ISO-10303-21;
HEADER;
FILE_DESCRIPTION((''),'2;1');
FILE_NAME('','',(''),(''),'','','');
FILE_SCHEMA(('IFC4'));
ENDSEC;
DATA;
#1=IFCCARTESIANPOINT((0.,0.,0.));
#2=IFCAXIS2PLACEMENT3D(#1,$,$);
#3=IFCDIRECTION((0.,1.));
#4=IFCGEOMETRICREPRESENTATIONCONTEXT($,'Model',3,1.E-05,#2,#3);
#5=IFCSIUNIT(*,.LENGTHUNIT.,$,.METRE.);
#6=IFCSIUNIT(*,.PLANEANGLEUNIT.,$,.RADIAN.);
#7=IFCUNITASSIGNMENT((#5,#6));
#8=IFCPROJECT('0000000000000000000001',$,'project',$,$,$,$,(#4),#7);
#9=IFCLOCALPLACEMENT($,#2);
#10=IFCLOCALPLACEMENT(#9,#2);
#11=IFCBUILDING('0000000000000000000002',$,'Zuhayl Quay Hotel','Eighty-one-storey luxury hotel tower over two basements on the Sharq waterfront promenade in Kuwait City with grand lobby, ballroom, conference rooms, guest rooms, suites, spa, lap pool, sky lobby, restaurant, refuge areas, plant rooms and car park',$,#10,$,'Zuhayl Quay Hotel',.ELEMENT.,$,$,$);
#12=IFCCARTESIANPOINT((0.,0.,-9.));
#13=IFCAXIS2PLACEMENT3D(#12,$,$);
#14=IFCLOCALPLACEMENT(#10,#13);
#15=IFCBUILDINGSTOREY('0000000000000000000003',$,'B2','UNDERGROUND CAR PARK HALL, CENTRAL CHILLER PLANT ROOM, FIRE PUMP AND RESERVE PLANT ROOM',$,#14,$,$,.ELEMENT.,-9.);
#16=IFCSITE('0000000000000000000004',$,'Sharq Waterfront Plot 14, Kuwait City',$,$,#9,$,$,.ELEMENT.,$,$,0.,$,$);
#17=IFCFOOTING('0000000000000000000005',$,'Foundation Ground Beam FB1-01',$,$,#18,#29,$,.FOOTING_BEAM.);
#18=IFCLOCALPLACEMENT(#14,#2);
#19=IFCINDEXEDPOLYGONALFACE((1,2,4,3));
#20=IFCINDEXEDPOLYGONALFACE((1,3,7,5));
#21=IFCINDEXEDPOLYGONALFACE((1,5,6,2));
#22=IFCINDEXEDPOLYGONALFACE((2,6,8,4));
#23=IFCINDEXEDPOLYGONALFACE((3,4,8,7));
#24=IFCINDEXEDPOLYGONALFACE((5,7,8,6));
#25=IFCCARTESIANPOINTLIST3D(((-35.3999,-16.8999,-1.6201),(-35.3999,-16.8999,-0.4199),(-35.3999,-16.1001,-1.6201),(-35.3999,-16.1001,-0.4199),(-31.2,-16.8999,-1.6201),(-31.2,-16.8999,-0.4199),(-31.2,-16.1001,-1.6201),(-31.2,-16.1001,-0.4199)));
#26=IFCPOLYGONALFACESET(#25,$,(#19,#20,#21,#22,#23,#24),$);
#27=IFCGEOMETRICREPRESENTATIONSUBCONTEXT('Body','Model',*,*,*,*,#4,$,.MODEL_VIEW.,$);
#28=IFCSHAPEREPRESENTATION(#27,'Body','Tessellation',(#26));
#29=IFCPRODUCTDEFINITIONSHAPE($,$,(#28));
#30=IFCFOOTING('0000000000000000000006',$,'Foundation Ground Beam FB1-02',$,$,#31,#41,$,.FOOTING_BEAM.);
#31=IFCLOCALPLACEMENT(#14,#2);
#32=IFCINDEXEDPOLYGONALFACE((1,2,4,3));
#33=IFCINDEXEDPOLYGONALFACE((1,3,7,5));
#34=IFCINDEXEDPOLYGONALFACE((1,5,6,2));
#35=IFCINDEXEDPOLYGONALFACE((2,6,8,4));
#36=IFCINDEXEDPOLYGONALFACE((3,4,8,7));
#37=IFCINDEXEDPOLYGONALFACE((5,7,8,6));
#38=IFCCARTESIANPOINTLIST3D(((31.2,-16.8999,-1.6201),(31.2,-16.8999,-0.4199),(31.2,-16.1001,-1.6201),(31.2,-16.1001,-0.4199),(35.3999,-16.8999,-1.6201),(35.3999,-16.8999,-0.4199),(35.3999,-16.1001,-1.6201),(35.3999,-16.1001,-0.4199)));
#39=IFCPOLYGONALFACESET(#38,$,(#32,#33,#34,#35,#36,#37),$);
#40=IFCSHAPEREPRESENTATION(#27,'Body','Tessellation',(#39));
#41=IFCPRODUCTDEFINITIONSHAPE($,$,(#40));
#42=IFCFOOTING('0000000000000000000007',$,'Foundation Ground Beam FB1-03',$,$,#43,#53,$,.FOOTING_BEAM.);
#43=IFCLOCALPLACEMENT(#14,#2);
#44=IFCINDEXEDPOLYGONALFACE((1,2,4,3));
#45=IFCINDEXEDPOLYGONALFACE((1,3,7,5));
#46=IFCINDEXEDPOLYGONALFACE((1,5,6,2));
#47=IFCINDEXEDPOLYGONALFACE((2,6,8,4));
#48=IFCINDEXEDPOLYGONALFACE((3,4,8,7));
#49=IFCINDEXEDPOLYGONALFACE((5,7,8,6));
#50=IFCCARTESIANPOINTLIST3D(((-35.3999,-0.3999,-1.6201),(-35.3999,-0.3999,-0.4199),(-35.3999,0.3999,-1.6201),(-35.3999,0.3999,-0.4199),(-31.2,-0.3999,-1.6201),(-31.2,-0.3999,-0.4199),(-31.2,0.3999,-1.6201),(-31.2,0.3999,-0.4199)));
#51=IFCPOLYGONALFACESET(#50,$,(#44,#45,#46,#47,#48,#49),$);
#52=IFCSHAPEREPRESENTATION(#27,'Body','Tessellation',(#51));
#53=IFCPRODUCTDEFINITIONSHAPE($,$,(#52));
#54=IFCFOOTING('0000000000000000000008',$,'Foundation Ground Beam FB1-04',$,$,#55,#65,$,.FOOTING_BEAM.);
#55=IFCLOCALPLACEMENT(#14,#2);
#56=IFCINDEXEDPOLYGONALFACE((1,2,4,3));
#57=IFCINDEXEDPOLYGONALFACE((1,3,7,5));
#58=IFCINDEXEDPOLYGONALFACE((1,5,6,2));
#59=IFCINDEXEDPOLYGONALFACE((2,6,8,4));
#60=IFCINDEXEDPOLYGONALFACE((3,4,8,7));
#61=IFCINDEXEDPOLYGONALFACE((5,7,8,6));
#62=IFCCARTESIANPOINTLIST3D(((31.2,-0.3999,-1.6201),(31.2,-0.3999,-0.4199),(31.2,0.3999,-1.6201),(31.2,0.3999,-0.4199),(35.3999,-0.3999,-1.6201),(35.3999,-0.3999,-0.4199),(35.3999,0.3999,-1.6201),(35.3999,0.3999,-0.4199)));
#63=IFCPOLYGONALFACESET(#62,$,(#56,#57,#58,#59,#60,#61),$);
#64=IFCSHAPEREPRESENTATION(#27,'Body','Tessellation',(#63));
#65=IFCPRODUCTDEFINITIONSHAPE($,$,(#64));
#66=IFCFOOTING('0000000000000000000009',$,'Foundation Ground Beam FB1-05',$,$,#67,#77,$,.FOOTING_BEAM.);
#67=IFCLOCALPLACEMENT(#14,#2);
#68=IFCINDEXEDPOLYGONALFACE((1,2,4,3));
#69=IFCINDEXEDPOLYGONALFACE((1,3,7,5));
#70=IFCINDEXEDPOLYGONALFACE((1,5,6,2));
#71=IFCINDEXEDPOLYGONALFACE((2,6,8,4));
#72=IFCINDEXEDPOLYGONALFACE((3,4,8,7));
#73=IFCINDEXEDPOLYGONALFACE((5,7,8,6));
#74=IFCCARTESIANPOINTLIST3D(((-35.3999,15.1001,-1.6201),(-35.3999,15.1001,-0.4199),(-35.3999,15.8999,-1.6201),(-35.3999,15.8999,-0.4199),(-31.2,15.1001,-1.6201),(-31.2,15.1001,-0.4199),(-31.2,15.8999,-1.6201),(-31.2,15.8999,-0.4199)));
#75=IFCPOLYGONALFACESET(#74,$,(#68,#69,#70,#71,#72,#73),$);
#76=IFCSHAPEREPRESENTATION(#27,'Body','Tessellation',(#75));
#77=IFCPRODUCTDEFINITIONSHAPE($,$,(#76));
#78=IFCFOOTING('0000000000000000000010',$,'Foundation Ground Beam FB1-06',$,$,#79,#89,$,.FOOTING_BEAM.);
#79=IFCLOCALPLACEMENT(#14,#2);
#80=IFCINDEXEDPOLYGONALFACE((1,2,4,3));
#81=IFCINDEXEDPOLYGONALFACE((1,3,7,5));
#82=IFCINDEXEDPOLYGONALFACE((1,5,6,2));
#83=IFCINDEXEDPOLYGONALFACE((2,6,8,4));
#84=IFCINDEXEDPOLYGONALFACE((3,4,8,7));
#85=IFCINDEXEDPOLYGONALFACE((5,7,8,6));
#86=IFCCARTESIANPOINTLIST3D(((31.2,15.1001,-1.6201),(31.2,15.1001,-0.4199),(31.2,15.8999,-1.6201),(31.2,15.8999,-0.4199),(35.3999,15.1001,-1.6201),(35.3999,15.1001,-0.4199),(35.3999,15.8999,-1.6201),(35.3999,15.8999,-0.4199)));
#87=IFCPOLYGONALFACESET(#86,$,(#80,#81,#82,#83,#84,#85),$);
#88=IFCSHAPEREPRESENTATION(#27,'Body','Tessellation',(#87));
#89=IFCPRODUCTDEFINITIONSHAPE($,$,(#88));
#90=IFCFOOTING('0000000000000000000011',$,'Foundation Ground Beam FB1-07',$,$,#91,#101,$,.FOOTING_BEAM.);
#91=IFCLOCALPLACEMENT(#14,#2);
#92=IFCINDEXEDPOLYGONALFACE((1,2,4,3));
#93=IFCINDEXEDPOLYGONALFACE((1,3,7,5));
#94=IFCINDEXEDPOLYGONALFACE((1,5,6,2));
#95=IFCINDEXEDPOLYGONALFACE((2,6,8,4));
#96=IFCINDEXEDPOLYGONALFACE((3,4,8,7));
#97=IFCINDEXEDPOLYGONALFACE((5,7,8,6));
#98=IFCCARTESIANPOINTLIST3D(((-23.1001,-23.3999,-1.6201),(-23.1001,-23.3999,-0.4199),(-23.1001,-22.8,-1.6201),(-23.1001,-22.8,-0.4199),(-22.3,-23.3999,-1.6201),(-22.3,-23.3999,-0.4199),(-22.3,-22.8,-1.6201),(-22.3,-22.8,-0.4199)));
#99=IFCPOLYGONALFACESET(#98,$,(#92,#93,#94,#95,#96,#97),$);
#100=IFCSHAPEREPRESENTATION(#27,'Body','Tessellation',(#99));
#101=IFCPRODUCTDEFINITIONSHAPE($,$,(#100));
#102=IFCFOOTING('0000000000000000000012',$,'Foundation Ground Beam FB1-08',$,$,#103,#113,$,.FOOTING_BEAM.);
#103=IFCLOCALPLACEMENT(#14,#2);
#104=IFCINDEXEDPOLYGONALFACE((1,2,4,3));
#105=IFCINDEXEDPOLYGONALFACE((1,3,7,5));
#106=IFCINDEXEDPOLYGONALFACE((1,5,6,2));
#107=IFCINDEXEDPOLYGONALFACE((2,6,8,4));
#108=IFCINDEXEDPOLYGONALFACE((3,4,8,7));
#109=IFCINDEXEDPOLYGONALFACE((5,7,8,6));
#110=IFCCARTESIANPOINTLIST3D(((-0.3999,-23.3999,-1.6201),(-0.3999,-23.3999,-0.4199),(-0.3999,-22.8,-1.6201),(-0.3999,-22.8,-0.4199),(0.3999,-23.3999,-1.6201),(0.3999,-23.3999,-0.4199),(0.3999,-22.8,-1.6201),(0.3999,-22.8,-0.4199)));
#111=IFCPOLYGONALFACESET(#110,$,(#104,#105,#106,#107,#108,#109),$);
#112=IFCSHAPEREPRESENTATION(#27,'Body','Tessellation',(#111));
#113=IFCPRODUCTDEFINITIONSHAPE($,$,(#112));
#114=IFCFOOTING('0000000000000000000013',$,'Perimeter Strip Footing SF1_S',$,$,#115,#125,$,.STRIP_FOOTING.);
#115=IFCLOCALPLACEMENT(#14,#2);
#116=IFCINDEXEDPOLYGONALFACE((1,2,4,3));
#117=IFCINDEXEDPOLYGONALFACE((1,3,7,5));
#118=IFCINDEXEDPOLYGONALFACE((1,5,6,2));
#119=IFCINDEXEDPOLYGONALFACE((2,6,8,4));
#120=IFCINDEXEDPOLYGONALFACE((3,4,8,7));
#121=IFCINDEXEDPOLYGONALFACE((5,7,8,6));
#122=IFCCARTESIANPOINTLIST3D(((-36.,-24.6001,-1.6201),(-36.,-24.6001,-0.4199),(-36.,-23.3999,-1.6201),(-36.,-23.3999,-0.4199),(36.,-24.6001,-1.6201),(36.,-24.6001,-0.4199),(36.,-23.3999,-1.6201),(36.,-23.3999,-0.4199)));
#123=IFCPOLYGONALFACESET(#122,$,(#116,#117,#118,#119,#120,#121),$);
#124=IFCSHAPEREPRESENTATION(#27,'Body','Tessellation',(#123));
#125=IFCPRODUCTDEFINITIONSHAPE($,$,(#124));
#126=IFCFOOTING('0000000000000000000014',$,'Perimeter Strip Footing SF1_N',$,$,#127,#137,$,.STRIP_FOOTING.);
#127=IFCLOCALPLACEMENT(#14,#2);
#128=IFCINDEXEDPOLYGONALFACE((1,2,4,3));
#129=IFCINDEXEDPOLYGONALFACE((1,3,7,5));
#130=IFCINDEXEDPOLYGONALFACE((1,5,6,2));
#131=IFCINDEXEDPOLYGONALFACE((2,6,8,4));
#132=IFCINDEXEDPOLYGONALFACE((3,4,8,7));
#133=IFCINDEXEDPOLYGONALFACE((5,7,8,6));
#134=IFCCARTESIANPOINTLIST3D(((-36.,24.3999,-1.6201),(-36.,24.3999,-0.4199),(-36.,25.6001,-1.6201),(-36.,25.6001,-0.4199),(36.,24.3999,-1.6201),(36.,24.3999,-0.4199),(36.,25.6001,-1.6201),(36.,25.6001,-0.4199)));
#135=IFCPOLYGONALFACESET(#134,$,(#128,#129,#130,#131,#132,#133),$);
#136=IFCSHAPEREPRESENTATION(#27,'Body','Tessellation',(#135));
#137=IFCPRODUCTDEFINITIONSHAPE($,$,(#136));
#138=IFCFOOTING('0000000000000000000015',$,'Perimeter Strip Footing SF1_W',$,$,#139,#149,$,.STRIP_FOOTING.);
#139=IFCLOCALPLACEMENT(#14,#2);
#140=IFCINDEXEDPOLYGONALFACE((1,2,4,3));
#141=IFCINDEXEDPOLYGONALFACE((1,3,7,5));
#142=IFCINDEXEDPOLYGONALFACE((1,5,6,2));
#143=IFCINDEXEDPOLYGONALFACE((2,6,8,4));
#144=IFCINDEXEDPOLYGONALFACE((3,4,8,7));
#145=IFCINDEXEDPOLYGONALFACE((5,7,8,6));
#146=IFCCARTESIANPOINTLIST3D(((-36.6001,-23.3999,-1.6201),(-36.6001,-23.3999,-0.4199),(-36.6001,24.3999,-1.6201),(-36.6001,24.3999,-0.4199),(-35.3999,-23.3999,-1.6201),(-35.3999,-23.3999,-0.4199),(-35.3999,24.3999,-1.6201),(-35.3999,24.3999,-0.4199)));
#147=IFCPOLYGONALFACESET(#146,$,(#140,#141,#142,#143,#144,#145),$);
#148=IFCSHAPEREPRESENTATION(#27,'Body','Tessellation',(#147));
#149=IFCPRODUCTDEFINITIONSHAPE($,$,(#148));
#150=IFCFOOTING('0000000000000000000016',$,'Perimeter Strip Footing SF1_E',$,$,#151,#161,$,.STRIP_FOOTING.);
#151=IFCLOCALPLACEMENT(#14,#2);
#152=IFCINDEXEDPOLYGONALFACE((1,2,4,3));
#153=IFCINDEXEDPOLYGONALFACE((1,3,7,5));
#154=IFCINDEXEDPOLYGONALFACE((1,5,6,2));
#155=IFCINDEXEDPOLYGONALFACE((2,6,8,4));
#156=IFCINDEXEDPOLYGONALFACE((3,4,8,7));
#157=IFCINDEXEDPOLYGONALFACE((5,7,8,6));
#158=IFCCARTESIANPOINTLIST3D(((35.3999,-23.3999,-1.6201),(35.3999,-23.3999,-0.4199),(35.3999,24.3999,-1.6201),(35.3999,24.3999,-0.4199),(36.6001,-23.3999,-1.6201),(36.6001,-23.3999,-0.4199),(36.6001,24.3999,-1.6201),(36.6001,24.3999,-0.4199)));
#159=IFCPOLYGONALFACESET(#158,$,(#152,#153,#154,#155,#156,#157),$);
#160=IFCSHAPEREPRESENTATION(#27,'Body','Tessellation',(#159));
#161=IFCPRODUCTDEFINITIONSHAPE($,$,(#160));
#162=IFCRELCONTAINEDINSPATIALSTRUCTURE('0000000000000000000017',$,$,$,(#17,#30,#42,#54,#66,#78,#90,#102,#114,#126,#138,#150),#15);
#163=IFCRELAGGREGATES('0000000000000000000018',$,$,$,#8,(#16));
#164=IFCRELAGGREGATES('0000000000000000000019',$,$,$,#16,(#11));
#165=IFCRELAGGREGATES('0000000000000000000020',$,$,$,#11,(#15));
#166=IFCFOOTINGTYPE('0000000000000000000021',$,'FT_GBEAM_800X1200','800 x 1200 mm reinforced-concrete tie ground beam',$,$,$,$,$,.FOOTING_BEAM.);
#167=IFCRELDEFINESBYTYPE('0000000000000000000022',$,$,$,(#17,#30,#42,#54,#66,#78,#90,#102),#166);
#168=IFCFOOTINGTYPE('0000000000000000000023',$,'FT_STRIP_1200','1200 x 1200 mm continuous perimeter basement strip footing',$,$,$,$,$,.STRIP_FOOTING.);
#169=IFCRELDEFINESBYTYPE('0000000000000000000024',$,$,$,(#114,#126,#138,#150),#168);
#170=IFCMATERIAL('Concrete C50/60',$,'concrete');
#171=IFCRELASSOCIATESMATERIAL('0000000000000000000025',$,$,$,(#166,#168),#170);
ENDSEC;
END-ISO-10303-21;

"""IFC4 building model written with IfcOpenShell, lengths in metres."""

from ifc_helpers import new_model, si_unit, direction, frame, origin, place, context, subcontext, project, spatial, polyline, outline, extrude, material, type_object, element, save


model = new_model("IFC4")

# Units and contexts
model_context = context("Model", 3, precision=1e-05, world=origin(), true_north=direction((0.0, 1.0)))
body_context = subcontext(model_context, "Body", "Model", "MODEL_VIEW")
ifc_project = project(units=[si_unit("LENGTHUNIT", "METRE"), si_unit("PLANEANGLEUNIT", "RADIAN")], contexts=[model_context])

# Site, building, storey
site_placement = place(None, origin())
site = spatial("IfcSite", under=ifc_project, at=site_placement, Name="Sharq Waterfront Plot 14, Kuwait City", CompositionType="ELEMENT", RefElevation=0.0)
building_placement = place(site_placement, origin())
building = spatial("IfcBuilding", under=site, at=building_placement, Name="Zuhayl Quay Hotel", Description="Eighty-one-storey luxury hotel tower over two basements on the Sharq waterfront promenade in Kuwait City with grand lobby, ballroom, conference rooms, guest rooms, suites, spa, lap pool, sky lobby, restaurant, refuge areas, plant rooms and car park", LongName="Zuhayl Quay Hotel", CompositionType="ELEMENT")
storey_placement = place(building_placement, frame((0.0, 0.0, -9.0)))
storey = spatial("IfcBuildingStorey", under=building, at=storey_placement, Name="B2", Description="UNDERGROUND CAR PARK HALL, CENTRAL CHILLER PLANT ROOM, FIRE PUMP AND RESERVE PLANT ROOM", CompositionType="ELEMENT", Elevation=-9.0)

# Footings
ifc_material_1 = material(Name="Concrete C50/60", Category="concrete")
footing_type_1 = type_object("IfcFootingType", Name="FT_GBEAM_800X1200", Description="800 x 1200 mm reinforced-concrete tie ground beam", PredefinedType="FOOTING_BEAM", material=ifc_material_1)
footing_1_placement = place(storey_placement, frame((0.0, 0.0, -1.6201)))
element("IfcFooting", 1, at=footing_1_placement, inside=storey, type_object=footing_type_1, Name="Foundation Ground Beam FB1-01", PredefinedType="FOOTING_BEAM", context=body_context, shape_type="SweptSolid", body=[
    extrude(outline(polyline([(-35.3999, -16.8999), (-31.2, -16.8999), (-31.2, -16.1001), (-35.3999, -16.1001), (-35.3999, -16.8999)])), origin(), (0.0, 0.0, 1.0), 1.2002),
])
footing_2_placement = place(storey_placement, frame((0.0, 0.0, -1.6201)))
element("IfcFooting", 2, at=footing_2_placement, inside=storey, type_object=footing_type_1, Name="Foundation Ground Beam FB1-02", PredefinedType="FOOTING_BEAM", context=body_context, shape_type="SweptSolid", body=[
    extrude(outline(polyline([(31.2, -16.8999), (35.3999, -16.8999), (35.3999, -16.1001), (31.2, -16.1001), (31.2, -16.8999)])), origin(), (0.0, 0.0, 1.0), 1.2002),
])
footing_3_placement = place(storey_placement, frame((0.0, 0.0, -1.6201)))
element("IfcFooting", 3, at=footing_3_placement, inside=storey, type_object=footing_type_1, Name="Foundation Ground Beam FB1-03", PredefinedType="FOOTING_BEAM", context=body_context, shape_type="SweptSolid", body=[
    extrude(outline(polyline([(-35.3999, -0.3999), (-31.2, -0.3999), (-31.2, 0.3999), (-35.3999, 0.3999), (-35.3999, -0.3999)])), origin(), (0.0, 0.0, 1.0), 1.2002),
])
footing_4_placement = place(storey_placement, frame((0.0, 0.0, -1.6201)))
element("IfcFooting", 4, at=footing_4_placement, inside=storey, type_object=footing_type_1, Name="Foundation Ground Beam FB1-04", PredefinedType="FOOTING_BEAM", context=body_context, shape_type="SweptSolid", body=[
    extrude(outline(polyline([(31.2, -0.3999), (35.3999, -0.3999), (35.3999, 0.3999), (31.2, 0.3999), (31.2, -0.3999)])), origin(), (0.0, 0.0, 1.0), 1.2002),
])
footing_5_placement = place(storey_placement, frame((0.0, 0.0, -1.6201)))
element("IfcFooting", 5, at=footing_5_placement, inside=storey, type_object=footing_type_1, Name="Foundation Ground Beam FB1-05", PredefinedType="FOOTING_BEAM", context=body_context, shape_type="SweptSolid", body=[
    extrude(outline(polyline([(-35.3999, 15.1001), (-31.2, 15.1001), (-31.2, 15.8999), (-35.3999, 15.8999), (-35.3999, 15.1001)])), origin(), (0.0, 0.0, 1.0), 1.2002),
])
footing_6_placement = place(storey_placement, frame((0.0, 0.0, -1.6201)))
element("IfcFooting", 6, at=footing_6_placement, inside=storey, type_object=footing_type_1, Name="Foundation Ground Beam FB1-06", PredefinedType="FOOTING_BEAM", context=body_context, shape_type="SweptSolid", body=[
    extrude(outline(polyline([(31.2, 15.1001), (35.3999, 15.1001), (35.3999, 15.8999), (31.2, 15.8999), (31.2, 15.1001)])), origin(), (0.0, 0.0, 1.0), 1.2002),
])
footing_7_placement = place(storey_placement, frame((0.0, 0.0, -1.6201)))
element("IfcFooting", 7, at=footing_7_placement, inside=storey, type_object=footing_type_1, Name="Foundation Ground Beam FB1-07", PredefinedType="FOOTING_BEAM", context=body_context, shape_type="SweptSolid", body=[
    extrude(outline(polyline([(-23.1001, -23.3999), (-22.3, -23.3999), (-22.3, -22.8), (-23.1001, -22.8), (-23.1001, -23.3999)])), origin(), (0.0, 0.0, 1.0), 1.2002),
])
footing_8_placement = place(storey_placement, frame((0.0, 0.0, -1.6201)))
element("IfcFooting", 8, at=footing_8_placement, inside=storey, type_object=footing_type_1, Name="Foundation Ground Beam FB1-08", PredefinedType="FOOTING_BEAM", context=body_context, shape_type="SweptSolid", body=[
    extrude(outline(polyline([(-0.3999, -23.3999), (0.3999, -23.3999), (0.3999, -22.8), (-0.3999, -22.8), (-0.3999, -23.3999)])), origin(), (0.0, 0.0, 1.0), 1.2002),
])
footing_type_2 = type_object("IfcFootingType", Name="FT_STRIP_1200", Description="1200 x 1200 mm continuous perimeter basement strip footing", PredefinedType="STRIP_FOOTING", material=ifc_material_1)
footing_9_placement = place(storey_placement, frame((0.0, 0.0, -1.6201)))
element("IfcFooting", 9, at=footing_9_placement, inside=storey, type_object=footing_type_2, Name="Perimeter Strip Footing SF1_S", PredefinedType="STRIP_FOOTING", context=body_context, shape_type="SweptSolid", body=[
    extrude(outline(polyline([(-36.0, -24.6001), (36.0, -24.6001), (36.0, -23.3999), (-36.0, -23.3999), (-36.0, -24.6001)])), origin(), (0.0, 0.0, 1.0), 1.2002),
])
footing_10_placement = place(storey_placement, frame((0.0, 0.0, -1.6201)))
element("IfcFooting", 10, at=footing_10_placement, inside=storey, type_object=footing_type_2, Name="Perimeter Strip Footing SF1_N", PredefinedType="STRIP_FOOTING", context=body_context, shape_type="SweptSolid", body=[
    extrude(outline(polyline([(-36.0, 24.3999), (36.0, 24.3999), (36.0, 25.6001), (-36.0, 25.6001), (-36.0, 24.3999)])), origin(), (0.0, 0.0, 1.0), 1.2002),
])
footing_11_placement = place(storey_placement, frame((0.0, 0.0, -1.6201)))
element("IfcFooting", 11, at=footing_11_placement, inside=storey, type_object=footing_type_2, Name="Perimeter Strip Footing SF1_W", PredefinedType="STRIP_FOOTING", context=body_context, shape_type="SweptSolid", body=[
    extrude(outline(polyline([(-36.6001, -23.3999), (-35.3999, -23.3999), (-35.3999, 24.3999), (-36.6001, 24.3999), (-36.6001, -23.3999)])), origin(), (0.0, 0.0, 1.0), 1.2002),
])
footing_12_placement = place(storey_placement, frame((0.0, 0.0, -1.6201)))
element("IfcFooting", 12, at=footing_12_placement, inside=storey, type_object=footing_type_2, Name="Perimeter Strip Footing SF1_E", PredefinedType="STRIP_FOOTING", context=body_context, shape_type="SweptSolid", body=[
    extrude(outline(polyline([(35.3999, -23.3999), (36.6001, -23.3999), (36.6001, 24.3999), (35.3999, 24.3999), (35.3999, -23.3999)])), origin(), (0.0, 0.0, 1.0), 1.2002),
])

save(model, "model.ifc")
